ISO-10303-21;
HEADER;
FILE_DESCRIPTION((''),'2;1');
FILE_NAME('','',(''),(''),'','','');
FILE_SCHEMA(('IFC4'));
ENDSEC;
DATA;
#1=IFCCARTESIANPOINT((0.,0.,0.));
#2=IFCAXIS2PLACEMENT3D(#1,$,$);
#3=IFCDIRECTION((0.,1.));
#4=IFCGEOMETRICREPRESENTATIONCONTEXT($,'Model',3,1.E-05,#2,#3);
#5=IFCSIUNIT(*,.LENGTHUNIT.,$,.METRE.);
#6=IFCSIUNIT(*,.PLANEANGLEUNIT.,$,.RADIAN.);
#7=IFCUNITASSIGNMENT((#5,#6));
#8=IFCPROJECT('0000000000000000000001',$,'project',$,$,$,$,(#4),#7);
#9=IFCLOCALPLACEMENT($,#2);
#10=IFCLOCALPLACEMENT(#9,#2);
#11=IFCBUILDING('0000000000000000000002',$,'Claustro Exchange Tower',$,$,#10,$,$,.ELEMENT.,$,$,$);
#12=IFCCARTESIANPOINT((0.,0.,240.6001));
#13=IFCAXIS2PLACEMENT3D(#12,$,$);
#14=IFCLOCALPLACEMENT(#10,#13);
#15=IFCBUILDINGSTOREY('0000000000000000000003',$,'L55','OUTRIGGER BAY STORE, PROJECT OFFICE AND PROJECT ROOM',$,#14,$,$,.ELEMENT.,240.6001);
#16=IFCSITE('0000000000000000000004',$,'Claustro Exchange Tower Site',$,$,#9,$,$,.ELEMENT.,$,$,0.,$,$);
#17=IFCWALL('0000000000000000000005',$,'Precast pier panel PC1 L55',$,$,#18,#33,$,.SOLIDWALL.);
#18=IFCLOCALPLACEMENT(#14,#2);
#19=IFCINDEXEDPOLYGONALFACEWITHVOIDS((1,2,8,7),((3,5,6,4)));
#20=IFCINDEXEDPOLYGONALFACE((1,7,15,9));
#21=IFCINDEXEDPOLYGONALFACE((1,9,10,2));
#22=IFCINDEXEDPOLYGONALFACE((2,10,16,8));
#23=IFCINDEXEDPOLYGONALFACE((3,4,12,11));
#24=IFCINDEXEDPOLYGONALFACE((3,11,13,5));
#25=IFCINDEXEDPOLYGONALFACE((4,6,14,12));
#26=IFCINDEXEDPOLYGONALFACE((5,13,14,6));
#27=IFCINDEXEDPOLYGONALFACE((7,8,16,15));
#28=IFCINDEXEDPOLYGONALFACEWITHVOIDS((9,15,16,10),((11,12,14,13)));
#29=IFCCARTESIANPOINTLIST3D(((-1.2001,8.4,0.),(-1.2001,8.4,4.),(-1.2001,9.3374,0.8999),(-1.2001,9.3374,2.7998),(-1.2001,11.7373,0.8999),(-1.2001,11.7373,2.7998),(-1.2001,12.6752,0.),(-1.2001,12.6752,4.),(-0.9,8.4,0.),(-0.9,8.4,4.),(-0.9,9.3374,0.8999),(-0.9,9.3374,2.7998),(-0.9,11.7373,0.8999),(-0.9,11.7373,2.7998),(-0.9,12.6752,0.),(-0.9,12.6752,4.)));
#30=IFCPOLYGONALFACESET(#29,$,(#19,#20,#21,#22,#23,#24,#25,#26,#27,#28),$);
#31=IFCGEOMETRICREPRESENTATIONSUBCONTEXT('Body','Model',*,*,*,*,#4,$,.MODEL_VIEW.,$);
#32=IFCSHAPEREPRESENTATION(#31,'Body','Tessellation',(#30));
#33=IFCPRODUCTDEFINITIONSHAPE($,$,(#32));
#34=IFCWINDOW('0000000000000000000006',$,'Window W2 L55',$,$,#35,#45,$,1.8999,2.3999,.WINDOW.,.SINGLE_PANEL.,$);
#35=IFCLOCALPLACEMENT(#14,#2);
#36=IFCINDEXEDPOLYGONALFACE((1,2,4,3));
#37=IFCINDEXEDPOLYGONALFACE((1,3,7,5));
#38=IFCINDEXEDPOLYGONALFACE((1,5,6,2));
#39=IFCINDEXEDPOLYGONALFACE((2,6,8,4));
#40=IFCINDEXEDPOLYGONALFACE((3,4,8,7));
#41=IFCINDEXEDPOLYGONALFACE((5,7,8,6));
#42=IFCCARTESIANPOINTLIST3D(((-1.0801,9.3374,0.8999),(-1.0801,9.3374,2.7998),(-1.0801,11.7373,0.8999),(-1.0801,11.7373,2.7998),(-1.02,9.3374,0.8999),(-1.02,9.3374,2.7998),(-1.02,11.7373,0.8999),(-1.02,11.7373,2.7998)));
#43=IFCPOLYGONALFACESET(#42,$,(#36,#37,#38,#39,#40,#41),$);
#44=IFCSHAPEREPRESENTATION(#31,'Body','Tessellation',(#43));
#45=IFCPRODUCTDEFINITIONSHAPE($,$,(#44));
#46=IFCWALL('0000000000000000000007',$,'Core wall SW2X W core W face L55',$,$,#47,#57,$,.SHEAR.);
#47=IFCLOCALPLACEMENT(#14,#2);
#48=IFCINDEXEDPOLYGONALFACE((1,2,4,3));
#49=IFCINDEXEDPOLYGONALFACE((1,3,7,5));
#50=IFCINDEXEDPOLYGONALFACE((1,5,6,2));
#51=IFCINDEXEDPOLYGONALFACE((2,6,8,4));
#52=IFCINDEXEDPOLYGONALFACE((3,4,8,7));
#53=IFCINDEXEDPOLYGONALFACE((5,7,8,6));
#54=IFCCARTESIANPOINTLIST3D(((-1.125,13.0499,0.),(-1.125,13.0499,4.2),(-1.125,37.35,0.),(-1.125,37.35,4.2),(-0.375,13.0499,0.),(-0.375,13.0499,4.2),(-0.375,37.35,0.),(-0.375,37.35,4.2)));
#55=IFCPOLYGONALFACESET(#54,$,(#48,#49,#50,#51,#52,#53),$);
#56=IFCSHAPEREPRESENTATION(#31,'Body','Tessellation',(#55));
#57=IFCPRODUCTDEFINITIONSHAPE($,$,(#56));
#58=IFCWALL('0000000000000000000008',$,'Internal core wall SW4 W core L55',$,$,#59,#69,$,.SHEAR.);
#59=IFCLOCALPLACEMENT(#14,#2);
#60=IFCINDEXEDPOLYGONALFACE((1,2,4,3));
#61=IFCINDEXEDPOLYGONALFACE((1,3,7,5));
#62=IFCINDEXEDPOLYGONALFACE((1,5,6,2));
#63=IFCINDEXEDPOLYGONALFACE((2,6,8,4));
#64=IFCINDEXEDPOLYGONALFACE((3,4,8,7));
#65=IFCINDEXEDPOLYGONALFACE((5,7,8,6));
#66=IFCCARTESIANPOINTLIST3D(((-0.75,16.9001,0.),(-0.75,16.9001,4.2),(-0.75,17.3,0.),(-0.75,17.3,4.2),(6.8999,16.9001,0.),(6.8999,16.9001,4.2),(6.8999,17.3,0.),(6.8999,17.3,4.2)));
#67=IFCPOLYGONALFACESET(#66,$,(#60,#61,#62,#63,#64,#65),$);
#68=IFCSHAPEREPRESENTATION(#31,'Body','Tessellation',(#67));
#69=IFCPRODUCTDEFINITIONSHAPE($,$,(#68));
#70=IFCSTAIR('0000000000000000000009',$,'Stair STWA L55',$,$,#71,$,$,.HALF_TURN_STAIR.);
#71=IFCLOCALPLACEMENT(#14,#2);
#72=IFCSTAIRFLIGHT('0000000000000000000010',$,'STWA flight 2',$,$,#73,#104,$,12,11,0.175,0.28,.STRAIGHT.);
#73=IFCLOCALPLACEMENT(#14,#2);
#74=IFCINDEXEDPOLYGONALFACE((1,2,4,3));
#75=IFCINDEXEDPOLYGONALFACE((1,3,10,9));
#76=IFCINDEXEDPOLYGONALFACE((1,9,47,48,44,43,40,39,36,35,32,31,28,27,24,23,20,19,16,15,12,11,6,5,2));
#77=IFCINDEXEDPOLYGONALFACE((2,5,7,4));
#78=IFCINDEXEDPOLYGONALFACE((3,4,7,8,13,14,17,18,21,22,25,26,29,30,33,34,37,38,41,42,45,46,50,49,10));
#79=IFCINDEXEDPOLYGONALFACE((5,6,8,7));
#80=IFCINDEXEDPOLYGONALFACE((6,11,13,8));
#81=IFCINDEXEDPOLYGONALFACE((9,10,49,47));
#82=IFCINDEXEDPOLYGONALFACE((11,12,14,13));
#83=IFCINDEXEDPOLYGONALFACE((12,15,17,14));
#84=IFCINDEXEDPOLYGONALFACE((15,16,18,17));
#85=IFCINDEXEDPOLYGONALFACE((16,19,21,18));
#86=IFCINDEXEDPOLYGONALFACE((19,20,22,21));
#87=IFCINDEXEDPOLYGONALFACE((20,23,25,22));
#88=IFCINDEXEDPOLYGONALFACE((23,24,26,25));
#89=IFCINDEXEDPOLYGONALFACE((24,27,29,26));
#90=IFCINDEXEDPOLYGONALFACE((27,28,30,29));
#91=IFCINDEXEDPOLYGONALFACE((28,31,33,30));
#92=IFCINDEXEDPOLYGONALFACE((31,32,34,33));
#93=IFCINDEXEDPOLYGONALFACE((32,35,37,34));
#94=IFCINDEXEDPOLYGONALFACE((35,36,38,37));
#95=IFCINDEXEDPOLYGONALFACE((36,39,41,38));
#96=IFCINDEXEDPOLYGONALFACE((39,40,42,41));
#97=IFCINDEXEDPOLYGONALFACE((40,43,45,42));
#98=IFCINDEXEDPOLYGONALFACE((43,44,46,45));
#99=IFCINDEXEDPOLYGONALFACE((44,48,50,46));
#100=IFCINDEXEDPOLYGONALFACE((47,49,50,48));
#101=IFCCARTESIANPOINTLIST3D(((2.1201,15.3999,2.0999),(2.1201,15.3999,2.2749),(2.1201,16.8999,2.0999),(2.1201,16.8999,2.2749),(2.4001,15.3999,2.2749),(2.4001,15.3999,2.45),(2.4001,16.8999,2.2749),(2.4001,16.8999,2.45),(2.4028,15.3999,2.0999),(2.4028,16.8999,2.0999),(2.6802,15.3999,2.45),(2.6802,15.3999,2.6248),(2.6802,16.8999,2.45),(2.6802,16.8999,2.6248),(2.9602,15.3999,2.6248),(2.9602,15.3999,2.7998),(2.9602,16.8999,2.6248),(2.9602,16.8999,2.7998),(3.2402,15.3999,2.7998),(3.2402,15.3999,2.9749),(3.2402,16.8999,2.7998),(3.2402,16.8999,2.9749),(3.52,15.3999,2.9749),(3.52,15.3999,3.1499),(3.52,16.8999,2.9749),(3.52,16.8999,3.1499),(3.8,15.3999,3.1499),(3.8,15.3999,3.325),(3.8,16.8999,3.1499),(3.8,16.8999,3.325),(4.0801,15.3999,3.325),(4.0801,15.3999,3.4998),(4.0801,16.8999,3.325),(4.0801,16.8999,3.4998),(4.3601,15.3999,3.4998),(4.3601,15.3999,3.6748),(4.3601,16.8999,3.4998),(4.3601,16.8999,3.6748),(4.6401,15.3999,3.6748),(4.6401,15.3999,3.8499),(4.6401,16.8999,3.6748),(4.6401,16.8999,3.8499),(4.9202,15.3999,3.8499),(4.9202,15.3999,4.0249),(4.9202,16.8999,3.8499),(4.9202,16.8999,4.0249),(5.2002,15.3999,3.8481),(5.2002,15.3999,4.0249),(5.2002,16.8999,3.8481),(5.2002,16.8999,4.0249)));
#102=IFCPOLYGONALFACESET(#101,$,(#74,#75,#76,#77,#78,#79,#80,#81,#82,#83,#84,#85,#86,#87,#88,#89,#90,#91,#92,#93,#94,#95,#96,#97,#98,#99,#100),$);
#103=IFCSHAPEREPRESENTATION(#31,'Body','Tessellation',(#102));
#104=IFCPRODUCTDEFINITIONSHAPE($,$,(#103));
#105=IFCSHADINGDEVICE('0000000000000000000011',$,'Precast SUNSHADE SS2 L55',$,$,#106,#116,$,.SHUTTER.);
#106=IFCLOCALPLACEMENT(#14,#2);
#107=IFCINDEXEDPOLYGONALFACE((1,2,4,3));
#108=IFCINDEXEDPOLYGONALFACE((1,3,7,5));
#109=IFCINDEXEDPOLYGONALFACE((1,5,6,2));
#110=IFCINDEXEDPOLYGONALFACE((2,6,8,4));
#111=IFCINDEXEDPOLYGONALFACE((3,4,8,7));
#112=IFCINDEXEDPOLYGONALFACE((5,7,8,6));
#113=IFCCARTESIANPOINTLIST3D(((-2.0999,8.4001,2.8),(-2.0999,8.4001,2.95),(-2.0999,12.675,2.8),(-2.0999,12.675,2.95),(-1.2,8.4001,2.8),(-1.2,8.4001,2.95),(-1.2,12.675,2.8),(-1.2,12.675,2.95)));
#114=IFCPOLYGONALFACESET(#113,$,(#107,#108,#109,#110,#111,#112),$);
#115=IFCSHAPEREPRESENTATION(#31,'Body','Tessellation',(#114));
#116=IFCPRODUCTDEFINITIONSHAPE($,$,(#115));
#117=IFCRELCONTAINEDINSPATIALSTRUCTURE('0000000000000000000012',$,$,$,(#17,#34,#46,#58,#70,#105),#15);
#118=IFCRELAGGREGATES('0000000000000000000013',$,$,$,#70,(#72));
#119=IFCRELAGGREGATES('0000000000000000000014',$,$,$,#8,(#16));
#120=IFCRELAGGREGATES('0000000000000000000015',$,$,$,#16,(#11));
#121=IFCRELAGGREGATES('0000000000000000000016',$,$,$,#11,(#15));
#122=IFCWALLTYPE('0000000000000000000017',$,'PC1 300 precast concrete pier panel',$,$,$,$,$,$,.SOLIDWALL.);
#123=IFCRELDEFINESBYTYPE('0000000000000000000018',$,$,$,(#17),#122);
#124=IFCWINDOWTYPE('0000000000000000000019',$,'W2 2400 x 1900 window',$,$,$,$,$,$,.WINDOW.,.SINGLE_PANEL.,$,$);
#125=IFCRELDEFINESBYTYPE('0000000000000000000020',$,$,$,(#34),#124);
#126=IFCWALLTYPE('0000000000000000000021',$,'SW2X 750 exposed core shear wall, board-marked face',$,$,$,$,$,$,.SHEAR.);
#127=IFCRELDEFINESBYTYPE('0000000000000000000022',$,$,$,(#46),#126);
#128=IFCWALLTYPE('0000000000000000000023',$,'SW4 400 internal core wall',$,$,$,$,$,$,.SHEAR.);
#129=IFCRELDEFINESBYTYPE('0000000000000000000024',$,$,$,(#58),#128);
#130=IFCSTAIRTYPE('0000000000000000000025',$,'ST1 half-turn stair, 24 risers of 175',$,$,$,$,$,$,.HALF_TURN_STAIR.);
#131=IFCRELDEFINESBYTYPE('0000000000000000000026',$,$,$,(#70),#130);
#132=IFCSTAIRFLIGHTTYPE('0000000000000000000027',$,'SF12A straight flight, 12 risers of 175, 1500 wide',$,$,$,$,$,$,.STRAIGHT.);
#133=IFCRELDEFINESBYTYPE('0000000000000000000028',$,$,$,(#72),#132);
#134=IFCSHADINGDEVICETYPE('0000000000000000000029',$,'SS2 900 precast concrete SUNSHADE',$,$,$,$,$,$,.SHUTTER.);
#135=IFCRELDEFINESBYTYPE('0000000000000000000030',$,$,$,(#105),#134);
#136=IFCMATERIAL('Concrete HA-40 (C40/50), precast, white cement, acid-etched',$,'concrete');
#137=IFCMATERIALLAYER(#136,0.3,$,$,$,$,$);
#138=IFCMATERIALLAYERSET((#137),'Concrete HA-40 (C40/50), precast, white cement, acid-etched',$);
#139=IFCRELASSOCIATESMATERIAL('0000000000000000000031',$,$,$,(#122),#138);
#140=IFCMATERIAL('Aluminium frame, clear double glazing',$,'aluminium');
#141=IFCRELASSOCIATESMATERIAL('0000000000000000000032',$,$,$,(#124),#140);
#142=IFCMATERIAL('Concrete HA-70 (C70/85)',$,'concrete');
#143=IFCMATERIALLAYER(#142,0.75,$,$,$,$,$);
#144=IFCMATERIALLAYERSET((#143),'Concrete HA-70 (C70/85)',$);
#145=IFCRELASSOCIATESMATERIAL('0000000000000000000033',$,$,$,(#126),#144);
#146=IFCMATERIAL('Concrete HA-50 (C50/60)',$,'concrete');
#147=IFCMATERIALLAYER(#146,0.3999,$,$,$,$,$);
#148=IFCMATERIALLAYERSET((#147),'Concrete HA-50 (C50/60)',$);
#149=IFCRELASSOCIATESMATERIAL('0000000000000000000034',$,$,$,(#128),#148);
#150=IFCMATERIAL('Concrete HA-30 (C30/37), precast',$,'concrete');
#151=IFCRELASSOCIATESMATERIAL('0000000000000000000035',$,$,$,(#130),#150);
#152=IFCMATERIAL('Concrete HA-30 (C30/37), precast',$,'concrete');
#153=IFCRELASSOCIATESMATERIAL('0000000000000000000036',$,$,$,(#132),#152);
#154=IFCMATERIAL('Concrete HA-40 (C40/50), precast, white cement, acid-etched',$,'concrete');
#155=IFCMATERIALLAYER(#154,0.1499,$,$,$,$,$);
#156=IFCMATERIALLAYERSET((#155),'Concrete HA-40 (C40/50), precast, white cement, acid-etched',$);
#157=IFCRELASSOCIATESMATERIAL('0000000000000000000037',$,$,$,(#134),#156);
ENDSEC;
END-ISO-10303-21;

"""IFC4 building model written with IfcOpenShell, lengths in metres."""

from ifc_helpers import new_model, si_unit, direction, frame, frame_2d, origin, origin_2d, place, context, subcontext, project, spatial, polyline, rectangle, outline, extrude, material, layer, layer_set, type_object, element, fill, aggregate, save


model = new_model("IFC4")

# Units and contexts
model_context = context("Model", 3, precision=1e-05, world=origin(), true_north=direction((0.0, 1.0)))
body_context = subcontext(model_context, "Body", "Model", "MODEL_VIEW")
ifc_project = project(units=[si_unit("LENGTHUNIT", "METRE"), si_unit("PLANEANGLEUNIT", "RADIAN")], contexts=[model_context])

# Site, building, storey
site_placement = place(None, origin())
site = spatial("IfcSite", under=ifc_project, at=site_placement, Name="Claustro Exchange Tower Site", CompositionType="ELEMENT", RefElevation=0.0)
building_placement = place(site_placement, origin())
building = spatial("IfcBuilding", under=site, at=building_placement, Name="Claustro Exchange Tower", CompositionType="ELEMENT")
storey_placement = place(building_placement, frame((0.0, 0.0, 240.6001)))
storey = spatial("IfcBuildingStorey", under=building, at=storey_placement, Name="L55", Description="OUTRIGGER BAY STORE, PROJECT OFFICE AND PROJECT ROOM", CompositionType="ELEMENT", Elevation=240.6001)

# Shared definitions
ifc_material_1 = material(Name="Concrete HA-40 (C40/50), precast, white cement, acid-etched", Category="concrete")
ifc_layer_1 = layer(ifc_material_1, 0.3)
ifc_layer_set_1 = layer_set([ifc_layer_1], Name="Concrete HA-40 (C40/50), precast, white cement, acid-etched")
wall_type_1 = type_object("IfcWallType", Name="PC1 300 precast concrete pier panel", PredefinedType="SOLIDWALL", material=ifc_layer_set_1)

# Wall, opening, window
wall_1_placement = place(storey_placement, frame((-1.05, 8.3999, 0.0), z_axis=(0.0, 0.0, 1.0), x_axis=(0.0, 1.0, 0.0)))
wall_1 = element("IfcWall", 1, at=wall_1_placement, inside=storey, type_object=wall_type_1, Name="Precast pier panel PC1 L55", PredefinedType="SOLIDWALL", context=body_context, shape_type="SweptSolid", body=[
    extrude(rectangle(XDim=4.2751, YDim=0.3, at=frame_2d((2.1377, 0.0))), origin(), (0.0, 0.0, 1.0), 4.0),
])
opening_1_placement = place(wall_1_placement, frame((0.9375, 0.0, 0.8999)))
opening_1 = element("IfcOpeningElement", 2, at=opening_1_placement, cuts=wall_1, PredefinedType="OPENING", context=body_context, shape_type="SweptSolid", body=[
    extrude(rectangle(XDim=2.3999, YDim=1.8999, at=frame_2d((1.2, 0.95))), frame((0.0, 0.1599, 0.0), z_axis=(0.0, -1.0, 0.0), x_axis=(1.0, 0.0, 0.0)), (0.0, 0.0, 1.0), 0.3201),
])
ifc_material_2 = material(Name="Aluminium frame, clear double glazing", Category="aluminium")
window_type = type_object("IfcWindowType", Name="W2 2400 x 1900 window", PartitioningType="SINGLE_PANEL", PredefinedType="WINDOW", material=ifc_material_2)
window_placement = place(opening_1_placement, origin())
window = element("IfcWindow", 3, at=window_placement, inside=storey, type_object=window_type, Name="Window W2 L55", OverallHeight=1.8999, OverallWidth=2.3999, PartitioningType="SINGLE_PANEL", PredefinedType="WINDOW", context=body_context, shape_type="SweptSolid", body=[
    extrude(rectangle(XDim=2.3999, YDim=1.8999, at=frame_2d((1.2, 0.95))), frame((0.0, 0.03, 0.0), z_axis=(0.0, -1.0, 0.0), x_axis=(1.0, 0.0, 0.0)), (0.0, 0.0, 1.0), 0.0601),
])
fill(opening_1, window)

# Walls
ifc_material_3 = material(Name="Concrete HA-70 (C70/85)", Category="concrete")
ifc_layer_2 = layer(ifc_material_3, 0.75)
ifc_layer_set_2 = layer_set([ifc_layer_2], Name="Concrete HA-70 (C70/85)")
wall_type_2 = type_object("IfcWallType", Name="SW2X 750 exposed core shear wall, board-marked face", PredefinedType="SHEAR", material=ifc_layer_set_2)
wall_2_placement = place(storey_placement, frame((-0.75, 13.05, 0.0), z_axis=(0.0, 0.0, 1.0), x_axis=(0.0, 1.0, 0.0)))
element("IfcWall", 4, at=wall_2_placement, inside=storey, type_object=wall_type_2, Name="Core wall SW2X W core W face L55", PredefinedType="SHEAR", context=body_context, shape_type="SweptSolid", body=[
    extrude(rectangle(XDim=24.3, YDim=0.75, at=frame_2d((12.1499, 0.0))), origin(), (0.0, 0.0, 1.0), 4.2),
])
ifc_material_4 = material(Name="Concrete HA-50 (C50/60)", Category="concrete")
ifc_layer_3 = layer(ifc_material_4, 0.3999)
ifc_layer_set_3 = layer_set([ifc_layer_3], Name="Concrete HA-50 (C50/60)")
wall_type_3 = type_object("IfcWallType", Name="SW4 400 internal core wall", PredefinedType="SHEAR", material=ifc_layer_set_3)
wall_3_placement = place(storey_placement, frame((-0.75, 17.1001, 0.0), z_axis=(0.0, 0.0, 1.0), x_axis=(1.0, 0.0, 0.0)))
element("IfcWall", 5, at=wall_3_placement, inside=storey, type_object=wall_type_3, Name="Internal core wall SW4 W core L55", PredefinedType="SHEAR", context=body_context, shape_type="SweptSolid", body=[
    extrude(rectangle(XDim=7.6499, YDim=0.3999, at=frame_2d((3.825, 0.0))), origin(), (0.0, 0.0, 1.0), 4.2),
])

# Stair, stair flight
ifc_material_5 = material(Name="Concrete HA-30 (C30/37), precast", Category="concrete")
stair_type = type_object("IfcStairType", Name="ST1 half-turn stair, 24 risers of 175", PredefinedType="HALF_TURN_STAIR", material=ifc_material_5)
stair_placement = place(storey_placement, origin())
stair = element("IfcStair", 6, at=stair_placement, inside=storey, type_object=stair_type, Name="Stair STWA L55", PredefinedType="HALF_TURN_STAIR")
ifc_material_6 = material(Name="Concrete HA-30 (C30/37), precast", Category="concrete")
stair_flight_type = type_object("IfcStairFlightType", Name="SF12A straight flight, 12 risers of 175, 1500 wide", PredefinedType="STRAIGHT", material=ifc_material_6)
stair_flight_placement = place(storey_placement, frame((2.1201, 16.1499, 2.0999), z_axis=(0.0, 0.0, 1.0), x_axis=(1.0, 0.0, 0.0)))
stair_flight = element("IfcStairFlight", 7, at=stair_flight_placement, type_object=stair_flight_type, Name="STWA flight 2", NumberOfRisers=12, NumberOfTreads=11, PredefinedType="STRAIGHT", RiserHeight=0.175, TreadLength=0.28, context=body_context, shape_type="SweptSolid", body=[
    extrude(outline(polyline([(0.0, 0.0), (0.0, 0.175), (0.28, 0.175), (0.28, 0.3501), (0.5601, 0.3501), (0.5601, 0.5249), (0.8401, 0.5249), (0.8401, 0.7), (1.1201, 0.7), (1.1201, 0.875), (1.3999, 0.875), (1.3999, 1.05), (1.6799, 1.05), (1.6799, 1.2251), (1.96, 1.2251), (1.96, 1.3999), (2.24, 1.3999), (2.24, 1.575), (2.52, 1.575), (2.52, 1.75), (2.8, 1.75), (2.8, 1.925), (3.0801, 1.925), (3.0801, 2.1001), (3.0801, 1.7483), (0.2827, 0.0), (0.0, 0.0)])), frame((0.0, 0.75, 0.0), z_axis=(0.0, -1.0, 0.0), x_axis=(1.0, 0.0, 0.0)), (0.0, 0.0, 1.0), 1.5),
])
aggregate(stair, [stair_flight])

# Shading device
ifc_material_7 = material(Name="Concrete HA-40 (C40/50), precast, white cement, acid-etched", Category="concrete")
ifc_layer_4 = layer(ifc_material_7, 0.1499)
ifc_layer_set_4 = layer_set([ifc_layer_4], Name="Concrete HA-40 (C40/50), precast, white cement, acid-etched")
shading_device_type = type_object("IfcShadingDeviceType", Name="SS2 900 precast concrete SUNSHADE", PredefinedType="SHUTTER", material=ifc_layer_set_4)
shading_device_placement = place(storey_placement, frame((-1.6499, 10.5376, 2.8), z_axis=(0.0, 0.0, 1.0), x_axis=(0.0, 1.0, 0.0)))
element("IfcShadingDevice", 8, at=shading_device_placement, inside=storey, type_object=shading_device_type, Name="Precast SUNSHADE SS2 L55", PredefinedType="SHUTTER", context=body_context, shape_type="SweptSolid", body=[
    extrude(rectangle(XDim=4.2749, YDim=0.8999, at=origin_2d()), origin(), (0.0, 0.0, 1.0), 0.1499),
])

save(model, "model.ifc")
